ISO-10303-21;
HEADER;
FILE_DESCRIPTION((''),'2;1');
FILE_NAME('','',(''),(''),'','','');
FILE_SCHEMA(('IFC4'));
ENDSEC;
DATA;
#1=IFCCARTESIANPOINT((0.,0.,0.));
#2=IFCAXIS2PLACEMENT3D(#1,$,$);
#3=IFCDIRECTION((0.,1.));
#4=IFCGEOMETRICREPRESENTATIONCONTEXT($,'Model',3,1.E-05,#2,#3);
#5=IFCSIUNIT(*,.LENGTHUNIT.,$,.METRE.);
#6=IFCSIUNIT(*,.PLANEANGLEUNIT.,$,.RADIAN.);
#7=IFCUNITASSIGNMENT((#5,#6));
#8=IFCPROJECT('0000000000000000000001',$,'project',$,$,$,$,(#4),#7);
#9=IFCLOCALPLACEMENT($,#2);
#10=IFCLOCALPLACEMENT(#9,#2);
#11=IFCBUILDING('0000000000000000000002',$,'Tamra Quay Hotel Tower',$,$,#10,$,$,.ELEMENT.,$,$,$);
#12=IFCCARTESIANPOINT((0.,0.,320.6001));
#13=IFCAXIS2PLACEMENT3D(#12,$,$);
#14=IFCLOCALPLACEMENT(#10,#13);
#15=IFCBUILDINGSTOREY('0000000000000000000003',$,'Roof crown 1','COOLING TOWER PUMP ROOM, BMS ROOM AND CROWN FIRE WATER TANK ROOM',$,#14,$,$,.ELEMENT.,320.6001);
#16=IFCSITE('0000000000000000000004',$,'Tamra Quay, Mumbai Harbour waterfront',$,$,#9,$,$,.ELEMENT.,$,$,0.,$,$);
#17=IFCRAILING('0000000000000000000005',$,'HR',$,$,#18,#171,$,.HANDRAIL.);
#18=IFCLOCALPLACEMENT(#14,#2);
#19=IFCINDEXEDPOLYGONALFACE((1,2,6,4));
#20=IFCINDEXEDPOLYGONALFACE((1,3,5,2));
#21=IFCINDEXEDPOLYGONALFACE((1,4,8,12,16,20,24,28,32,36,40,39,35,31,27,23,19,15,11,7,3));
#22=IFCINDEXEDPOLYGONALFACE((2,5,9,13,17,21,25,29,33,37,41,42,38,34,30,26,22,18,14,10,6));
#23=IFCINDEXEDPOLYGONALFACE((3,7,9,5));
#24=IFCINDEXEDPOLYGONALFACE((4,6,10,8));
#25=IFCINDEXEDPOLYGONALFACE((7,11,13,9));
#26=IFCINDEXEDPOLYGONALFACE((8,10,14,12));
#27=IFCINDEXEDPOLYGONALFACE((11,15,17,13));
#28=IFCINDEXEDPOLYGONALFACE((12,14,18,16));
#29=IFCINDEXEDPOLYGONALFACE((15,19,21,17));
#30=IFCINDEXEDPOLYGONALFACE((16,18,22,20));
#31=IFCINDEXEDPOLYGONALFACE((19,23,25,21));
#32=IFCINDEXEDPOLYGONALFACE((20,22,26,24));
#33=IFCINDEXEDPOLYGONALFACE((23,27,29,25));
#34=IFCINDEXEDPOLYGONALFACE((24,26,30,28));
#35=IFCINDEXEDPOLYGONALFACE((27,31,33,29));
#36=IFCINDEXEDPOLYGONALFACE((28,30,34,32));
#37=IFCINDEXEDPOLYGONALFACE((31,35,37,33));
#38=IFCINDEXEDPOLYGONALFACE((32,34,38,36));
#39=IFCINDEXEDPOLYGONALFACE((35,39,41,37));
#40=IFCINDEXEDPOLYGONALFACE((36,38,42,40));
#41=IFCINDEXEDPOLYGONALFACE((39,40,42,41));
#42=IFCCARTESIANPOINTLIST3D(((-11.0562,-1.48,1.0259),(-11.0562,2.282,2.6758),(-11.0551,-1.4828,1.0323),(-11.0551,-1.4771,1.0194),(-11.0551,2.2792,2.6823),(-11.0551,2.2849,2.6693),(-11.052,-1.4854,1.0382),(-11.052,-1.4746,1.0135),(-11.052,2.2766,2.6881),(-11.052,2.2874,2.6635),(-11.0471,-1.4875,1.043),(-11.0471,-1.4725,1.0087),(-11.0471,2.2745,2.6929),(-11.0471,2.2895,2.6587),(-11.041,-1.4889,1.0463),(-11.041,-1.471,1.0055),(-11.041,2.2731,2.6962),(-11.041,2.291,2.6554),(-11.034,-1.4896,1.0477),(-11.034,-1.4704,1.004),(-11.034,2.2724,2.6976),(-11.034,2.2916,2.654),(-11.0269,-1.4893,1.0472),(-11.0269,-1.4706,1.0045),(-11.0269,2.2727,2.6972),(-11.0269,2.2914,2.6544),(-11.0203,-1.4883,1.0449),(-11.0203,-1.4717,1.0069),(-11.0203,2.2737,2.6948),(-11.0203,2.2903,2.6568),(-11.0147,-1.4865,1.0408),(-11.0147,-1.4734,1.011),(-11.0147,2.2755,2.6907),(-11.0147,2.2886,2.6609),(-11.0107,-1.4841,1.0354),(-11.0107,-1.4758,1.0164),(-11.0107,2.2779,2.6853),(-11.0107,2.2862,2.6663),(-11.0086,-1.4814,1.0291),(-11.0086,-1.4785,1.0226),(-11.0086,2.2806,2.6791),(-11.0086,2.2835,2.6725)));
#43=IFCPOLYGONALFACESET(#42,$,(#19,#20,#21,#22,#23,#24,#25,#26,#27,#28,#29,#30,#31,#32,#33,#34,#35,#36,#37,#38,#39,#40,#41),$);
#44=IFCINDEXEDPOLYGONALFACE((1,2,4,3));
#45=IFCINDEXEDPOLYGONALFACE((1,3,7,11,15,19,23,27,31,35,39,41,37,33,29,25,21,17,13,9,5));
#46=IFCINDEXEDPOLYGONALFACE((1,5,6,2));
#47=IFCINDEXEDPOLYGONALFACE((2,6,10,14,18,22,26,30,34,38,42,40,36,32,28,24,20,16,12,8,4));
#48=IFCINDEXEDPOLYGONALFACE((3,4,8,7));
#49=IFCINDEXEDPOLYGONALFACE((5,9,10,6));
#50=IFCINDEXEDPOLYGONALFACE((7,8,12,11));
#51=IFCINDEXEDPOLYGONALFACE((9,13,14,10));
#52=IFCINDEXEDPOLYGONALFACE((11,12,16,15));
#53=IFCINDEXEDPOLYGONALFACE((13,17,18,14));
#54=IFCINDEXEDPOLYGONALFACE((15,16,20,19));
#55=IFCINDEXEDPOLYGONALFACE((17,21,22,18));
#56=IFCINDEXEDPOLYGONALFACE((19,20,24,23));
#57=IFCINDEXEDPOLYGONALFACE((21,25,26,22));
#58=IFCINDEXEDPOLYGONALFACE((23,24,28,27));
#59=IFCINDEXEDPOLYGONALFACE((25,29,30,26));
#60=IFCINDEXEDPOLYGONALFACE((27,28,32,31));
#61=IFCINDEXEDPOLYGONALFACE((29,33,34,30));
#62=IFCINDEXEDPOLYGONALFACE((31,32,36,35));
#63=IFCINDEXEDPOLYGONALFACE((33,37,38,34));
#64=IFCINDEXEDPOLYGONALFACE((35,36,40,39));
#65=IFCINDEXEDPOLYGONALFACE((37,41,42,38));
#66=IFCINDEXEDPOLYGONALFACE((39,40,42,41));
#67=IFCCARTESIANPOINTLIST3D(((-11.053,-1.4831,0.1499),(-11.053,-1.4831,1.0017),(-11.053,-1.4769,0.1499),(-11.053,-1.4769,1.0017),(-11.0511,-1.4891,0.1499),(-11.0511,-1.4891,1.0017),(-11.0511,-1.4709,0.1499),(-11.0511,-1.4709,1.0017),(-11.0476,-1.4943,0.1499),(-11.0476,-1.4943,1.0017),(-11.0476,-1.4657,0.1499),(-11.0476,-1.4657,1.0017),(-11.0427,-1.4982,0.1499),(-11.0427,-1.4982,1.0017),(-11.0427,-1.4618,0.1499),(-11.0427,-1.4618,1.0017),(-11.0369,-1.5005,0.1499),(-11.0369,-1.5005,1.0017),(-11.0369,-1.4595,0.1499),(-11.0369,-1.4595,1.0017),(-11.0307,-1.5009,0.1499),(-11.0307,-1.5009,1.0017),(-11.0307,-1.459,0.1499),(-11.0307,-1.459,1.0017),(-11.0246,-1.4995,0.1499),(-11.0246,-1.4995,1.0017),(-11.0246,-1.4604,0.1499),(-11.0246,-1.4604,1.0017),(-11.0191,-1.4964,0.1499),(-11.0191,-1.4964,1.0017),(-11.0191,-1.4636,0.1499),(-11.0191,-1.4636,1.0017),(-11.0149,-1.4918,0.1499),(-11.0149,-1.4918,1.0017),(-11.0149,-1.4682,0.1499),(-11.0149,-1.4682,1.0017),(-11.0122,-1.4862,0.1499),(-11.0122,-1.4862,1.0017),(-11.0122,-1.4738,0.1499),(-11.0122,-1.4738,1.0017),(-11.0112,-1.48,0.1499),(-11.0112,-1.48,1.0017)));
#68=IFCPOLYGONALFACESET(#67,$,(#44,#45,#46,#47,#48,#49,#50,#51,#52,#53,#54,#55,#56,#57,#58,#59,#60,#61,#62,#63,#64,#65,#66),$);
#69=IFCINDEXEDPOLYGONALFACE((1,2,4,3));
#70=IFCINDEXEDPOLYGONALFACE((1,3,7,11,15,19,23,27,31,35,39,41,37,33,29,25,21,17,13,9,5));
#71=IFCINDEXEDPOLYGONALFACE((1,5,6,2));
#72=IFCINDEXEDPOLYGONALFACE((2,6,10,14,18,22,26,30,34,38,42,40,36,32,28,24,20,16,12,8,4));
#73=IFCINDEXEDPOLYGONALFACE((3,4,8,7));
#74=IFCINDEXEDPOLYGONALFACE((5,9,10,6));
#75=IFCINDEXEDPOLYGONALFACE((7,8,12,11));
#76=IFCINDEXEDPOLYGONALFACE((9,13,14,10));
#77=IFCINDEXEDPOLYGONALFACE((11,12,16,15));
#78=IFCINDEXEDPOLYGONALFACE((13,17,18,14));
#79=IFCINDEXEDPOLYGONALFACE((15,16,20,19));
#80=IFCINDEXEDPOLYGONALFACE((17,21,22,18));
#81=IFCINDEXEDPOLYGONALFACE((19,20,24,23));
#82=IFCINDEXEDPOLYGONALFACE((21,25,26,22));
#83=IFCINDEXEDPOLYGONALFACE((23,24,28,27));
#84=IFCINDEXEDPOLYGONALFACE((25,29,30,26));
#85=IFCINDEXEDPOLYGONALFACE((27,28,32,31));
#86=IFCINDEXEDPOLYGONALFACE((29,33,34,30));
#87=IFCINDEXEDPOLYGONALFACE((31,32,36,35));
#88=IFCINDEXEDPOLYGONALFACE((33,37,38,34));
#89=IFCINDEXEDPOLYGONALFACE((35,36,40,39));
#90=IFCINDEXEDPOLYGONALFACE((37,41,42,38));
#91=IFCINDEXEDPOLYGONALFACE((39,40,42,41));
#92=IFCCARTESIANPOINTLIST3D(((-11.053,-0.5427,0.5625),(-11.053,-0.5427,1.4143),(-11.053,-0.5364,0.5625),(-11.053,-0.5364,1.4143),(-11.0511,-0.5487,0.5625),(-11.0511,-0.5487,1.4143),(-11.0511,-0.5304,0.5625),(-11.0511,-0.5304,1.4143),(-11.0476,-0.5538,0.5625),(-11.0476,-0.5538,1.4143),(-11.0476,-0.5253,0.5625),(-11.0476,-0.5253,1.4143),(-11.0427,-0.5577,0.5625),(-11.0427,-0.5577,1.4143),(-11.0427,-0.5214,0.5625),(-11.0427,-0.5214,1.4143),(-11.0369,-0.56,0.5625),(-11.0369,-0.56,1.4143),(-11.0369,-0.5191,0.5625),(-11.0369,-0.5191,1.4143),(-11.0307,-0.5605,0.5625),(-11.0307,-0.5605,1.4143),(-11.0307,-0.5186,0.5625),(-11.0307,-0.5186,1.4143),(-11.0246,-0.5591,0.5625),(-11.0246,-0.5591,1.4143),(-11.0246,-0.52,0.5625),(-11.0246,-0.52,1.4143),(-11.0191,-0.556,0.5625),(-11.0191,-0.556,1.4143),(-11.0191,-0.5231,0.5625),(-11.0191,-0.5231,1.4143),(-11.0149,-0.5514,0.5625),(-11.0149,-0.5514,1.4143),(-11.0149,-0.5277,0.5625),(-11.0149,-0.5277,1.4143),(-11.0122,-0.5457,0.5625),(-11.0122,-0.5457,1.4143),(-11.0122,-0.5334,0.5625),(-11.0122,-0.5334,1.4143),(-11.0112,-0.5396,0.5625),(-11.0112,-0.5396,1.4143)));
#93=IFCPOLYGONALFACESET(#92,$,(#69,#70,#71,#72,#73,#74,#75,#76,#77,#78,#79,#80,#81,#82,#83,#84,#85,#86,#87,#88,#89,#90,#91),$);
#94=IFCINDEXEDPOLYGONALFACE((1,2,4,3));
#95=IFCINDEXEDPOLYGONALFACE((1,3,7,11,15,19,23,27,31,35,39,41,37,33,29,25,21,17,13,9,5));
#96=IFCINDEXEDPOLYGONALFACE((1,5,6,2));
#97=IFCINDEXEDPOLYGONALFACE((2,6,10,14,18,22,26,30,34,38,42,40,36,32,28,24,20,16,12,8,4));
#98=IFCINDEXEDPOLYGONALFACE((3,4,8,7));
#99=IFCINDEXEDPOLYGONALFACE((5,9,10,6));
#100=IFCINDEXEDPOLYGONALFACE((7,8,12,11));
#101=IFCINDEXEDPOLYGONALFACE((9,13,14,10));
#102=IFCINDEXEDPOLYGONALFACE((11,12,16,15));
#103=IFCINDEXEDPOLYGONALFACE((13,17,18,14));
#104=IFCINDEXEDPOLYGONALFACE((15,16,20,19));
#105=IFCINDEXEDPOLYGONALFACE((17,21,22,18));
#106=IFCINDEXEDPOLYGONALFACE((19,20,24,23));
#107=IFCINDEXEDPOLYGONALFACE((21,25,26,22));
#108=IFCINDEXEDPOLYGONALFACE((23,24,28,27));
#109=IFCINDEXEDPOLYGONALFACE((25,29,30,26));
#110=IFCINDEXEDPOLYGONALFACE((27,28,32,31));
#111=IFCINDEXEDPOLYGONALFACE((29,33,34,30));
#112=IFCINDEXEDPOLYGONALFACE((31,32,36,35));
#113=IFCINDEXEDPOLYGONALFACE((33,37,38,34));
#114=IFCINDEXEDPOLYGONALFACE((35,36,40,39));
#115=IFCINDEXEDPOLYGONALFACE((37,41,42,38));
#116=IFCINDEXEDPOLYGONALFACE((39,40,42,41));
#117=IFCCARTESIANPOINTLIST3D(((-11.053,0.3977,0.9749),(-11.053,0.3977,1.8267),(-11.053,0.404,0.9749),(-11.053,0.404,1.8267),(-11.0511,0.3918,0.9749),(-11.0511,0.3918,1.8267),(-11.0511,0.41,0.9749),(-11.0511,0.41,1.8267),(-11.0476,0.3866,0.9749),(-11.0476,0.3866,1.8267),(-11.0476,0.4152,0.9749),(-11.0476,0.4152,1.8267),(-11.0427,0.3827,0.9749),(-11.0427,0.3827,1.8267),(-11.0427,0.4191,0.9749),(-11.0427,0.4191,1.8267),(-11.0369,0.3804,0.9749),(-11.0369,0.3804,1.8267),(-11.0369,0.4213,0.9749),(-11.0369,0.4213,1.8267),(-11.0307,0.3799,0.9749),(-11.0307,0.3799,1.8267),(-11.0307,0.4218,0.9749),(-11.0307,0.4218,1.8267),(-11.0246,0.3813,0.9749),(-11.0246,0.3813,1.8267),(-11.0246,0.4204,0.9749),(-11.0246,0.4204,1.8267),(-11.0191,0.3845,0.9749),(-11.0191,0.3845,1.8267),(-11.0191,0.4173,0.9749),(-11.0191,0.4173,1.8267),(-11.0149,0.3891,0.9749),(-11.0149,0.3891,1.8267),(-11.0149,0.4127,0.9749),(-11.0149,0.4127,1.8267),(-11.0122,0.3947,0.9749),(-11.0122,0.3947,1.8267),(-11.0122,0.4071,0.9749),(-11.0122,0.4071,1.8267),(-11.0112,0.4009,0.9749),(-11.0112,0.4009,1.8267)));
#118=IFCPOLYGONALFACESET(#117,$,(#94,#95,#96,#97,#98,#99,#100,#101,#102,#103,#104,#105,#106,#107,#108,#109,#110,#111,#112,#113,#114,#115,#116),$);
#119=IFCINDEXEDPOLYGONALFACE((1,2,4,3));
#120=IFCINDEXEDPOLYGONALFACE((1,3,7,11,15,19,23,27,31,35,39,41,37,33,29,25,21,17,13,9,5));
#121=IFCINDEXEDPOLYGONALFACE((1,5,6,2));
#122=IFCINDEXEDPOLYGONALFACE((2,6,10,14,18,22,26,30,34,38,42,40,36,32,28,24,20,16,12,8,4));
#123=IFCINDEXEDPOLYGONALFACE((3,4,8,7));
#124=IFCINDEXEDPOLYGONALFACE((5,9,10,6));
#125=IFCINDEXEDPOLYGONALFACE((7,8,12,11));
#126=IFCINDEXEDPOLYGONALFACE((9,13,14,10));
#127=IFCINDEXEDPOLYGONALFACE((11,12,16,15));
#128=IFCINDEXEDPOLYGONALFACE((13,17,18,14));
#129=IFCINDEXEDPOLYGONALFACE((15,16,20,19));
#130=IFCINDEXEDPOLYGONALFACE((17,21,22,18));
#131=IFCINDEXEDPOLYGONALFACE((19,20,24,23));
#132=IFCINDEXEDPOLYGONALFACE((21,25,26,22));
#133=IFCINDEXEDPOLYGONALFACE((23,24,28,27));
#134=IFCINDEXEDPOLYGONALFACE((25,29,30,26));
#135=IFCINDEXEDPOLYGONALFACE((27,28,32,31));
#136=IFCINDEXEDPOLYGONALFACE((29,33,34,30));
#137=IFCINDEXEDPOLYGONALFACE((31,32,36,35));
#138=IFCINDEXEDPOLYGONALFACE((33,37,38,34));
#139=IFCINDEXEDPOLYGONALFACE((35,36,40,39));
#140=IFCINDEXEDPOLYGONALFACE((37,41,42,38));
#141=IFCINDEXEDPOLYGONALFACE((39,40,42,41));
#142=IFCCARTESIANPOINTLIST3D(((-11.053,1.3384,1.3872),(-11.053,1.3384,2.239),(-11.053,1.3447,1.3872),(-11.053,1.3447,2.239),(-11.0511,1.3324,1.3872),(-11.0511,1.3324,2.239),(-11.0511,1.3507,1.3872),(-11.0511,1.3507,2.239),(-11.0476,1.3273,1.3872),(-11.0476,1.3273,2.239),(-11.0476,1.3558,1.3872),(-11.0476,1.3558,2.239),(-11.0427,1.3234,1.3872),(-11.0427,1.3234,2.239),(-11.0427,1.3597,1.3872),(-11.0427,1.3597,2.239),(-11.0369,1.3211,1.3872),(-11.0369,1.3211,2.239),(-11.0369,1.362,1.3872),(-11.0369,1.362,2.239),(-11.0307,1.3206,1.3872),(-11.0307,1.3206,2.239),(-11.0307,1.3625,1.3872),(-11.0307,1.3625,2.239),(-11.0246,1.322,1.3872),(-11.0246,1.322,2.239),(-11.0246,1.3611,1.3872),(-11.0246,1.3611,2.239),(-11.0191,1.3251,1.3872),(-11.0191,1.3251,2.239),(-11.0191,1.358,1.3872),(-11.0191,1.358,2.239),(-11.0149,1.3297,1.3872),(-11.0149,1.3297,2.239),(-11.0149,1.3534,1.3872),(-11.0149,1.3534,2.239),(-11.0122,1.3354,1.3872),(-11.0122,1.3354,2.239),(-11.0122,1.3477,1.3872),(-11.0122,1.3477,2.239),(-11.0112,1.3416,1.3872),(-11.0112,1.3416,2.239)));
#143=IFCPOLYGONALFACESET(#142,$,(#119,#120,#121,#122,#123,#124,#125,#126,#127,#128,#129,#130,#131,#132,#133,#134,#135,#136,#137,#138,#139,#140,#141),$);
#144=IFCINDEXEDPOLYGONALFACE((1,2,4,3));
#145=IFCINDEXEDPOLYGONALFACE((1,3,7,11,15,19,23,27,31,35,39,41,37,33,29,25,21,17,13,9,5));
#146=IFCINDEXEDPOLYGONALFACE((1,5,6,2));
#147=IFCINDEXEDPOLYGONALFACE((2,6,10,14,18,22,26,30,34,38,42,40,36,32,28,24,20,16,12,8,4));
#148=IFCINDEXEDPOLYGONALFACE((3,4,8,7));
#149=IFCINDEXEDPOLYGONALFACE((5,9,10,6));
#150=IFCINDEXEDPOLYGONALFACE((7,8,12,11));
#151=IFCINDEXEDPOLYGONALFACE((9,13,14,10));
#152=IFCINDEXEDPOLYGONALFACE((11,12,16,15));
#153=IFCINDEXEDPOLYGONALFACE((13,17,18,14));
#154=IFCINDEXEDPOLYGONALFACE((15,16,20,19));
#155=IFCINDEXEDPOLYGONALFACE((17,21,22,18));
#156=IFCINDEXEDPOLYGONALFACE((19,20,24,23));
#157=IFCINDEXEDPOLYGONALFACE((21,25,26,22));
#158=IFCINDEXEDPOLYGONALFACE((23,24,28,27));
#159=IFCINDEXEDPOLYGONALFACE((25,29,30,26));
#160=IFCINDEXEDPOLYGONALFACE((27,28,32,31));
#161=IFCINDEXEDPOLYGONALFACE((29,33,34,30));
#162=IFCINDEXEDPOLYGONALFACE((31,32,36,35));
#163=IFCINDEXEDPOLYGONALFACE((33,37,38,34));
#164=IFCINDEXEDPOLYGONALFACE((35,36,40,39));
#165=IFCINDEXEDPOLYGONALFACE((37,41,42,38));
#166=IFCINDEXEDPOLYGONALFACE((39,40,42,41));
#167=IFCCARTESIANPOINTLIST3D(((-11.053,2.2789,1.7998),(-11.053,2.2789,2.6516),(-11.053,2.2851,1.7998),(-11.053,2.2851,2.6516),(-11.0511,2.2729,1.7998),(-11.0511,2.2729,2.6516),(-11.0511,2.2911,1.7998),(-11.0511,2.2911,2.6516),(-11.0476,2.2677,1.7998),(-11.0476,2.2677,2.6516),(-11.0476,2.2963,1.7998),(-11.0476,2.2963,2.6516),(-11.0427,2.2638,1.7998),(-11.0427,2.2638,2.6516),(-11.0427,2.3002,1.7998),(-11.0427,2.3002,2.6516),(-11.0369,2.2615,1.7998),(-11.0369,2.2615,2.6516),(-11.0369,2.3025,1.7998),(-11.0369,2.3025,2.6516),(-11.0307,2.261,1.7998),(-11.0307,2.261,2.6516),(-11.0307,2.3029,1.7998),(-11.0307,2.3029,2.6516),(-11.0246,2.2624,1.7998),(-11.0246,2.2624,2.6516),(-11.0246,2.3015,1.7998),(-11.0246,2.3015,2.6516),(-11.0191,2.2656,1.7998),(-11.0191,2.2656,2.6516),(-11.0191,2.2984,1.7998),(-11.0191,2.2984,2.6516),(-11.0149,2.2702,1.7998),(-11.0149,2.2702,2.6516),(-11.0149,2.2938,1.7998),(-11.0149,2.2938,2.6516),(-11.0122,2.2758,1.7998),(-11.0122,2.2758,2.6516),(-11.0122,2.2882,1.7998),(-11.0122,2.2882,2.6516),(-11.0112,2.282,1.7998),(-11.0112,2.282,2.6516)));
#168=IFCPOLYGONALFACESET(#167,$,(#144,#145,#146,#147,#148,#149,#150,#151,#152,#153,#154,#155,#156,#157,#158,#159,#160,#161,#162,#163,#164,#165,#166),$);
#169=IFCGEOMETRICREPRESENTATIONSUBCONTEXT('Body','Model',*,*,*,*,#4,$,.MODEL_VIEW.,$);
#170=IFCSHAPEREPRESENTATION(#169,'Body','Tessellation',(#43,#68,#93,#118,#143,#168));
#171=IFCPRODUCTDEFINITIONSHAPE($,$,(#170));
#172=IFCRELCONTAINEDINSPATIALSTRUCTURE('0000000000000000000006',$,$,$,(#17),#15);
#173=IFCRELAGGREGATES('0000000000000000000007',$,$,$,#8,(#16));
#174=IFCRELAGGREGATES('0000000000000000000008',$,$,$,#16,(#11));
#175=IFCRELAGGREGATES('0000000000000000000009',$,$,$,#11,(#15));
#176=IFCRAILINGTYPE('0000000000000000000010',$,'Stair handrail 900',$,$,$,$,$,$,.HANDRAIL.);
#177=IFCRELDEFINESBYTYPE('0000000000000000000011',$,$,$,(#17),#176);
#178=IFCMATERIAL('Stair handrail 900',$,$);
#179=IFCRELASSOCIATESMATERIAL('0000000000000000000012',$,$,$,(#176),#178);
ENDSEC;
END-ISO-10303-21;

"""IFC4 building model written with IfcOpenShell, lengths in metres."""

from ifc_helpers import new_model, si_unit, direction, frame, origin, origin_2d, place, context, subcontext, project, spatial, circle, extrude, material, type_object, element, save


model = new_model("IFC4")

# Units and contexts
model_context = context("Model", 3, precision=1e-05, world=origin(), true_north=direction((0.0, 1.0)))
body_context = subcontext(model_context, "Body", "Model", "MODEL_VIEW")
ifc_project = project(units=[si_unit("LENGTHUNIT", "METRE"), si_unit("PLANEANGLEUNIT", "RADIAN")], contexts=[model_context])

# Site, building, storey
site_placement = place(None, origin())
site = spatial("IfcSite", under=ifc_project, at=site_placement, Name="Tamra Quay, Mumbai Harbour waterfront", CompositionType="ELEMENT", RefElevation=0.0)
building_placement = place(site_placement, origin())
building = spatial("IfcBuilding", under=site, at=building_placement, Name="Tamra Quay Hotel Tower", CompositionType="ELEMENT")
storey_placement = place(building_placement, frame((0.0, 0.0, 320.6001)))
storey = spatial("IfcBuildingStorey", under=building, at=storey_placement, Name="Roof crown 1", Description="COOLING TOWER PUMP ROOM, BMS ROOM AND CROWN FIRE WATER TANK ROOM", CompositionType="ELEMENT", Elevation=320.6001)

# Railing
ifc_material_1 = material(Name="Stair handrail 900")
railing_type_1 = type_object("IfcRailingType", Name="Stair handrail 900", PredefinedType="HANDRAIL", material=ifc_material_1)
railing_1_placement = place(storey_placement, frame((-11.0322, -1.48, 0.1499)))
element("IfcRailing", 1, at=railing_1_placement, inside=storey, type_object=railing_type_1, Name="HR", PredefinedType="HANDRAIL", context=body_context, shape_type="SweptSolid", body=[
    extrude(circle(Radius=0.0239, at=origin_2d()), frame((0.0, 0.0, 0.876), z_axis=(0.0, 0.915795, 0.401645), x_axis=(-1.0, 0.0, 0.0)), (0.0, 0.0, 1.0), 4.1079),
    extrude(circle(Radius=0.021, at=origin_2d()), origin(), (0.0, 0.0, 1.0), 0.8518),
    extrude(circle(Radius=0.021, at=origin_2d()), frame((0.0, 0.9404, 0.4126)), (0.0, 0.0, 1.0), 0.8518),
    extrude(circle(Radius=0.021, at=origin_2d()), frame((0.0, 1.8809, 0.825)), (0.0, 0.0, 1.0), 0.8518),
    extrude(circle(Radius=0.021, at=origin_2d()), frame((0.0, 2.8215, 1.2373)), (0.0, 0.0, 1.0), 0.8518),
    extrude(circle(Radius=0.021, at=origin_2d()), frame((0.0, 3.762, 1.6499)), (0.0, 0.0, 1.0), 0.8518),
])

save(model, "model.ifc")
